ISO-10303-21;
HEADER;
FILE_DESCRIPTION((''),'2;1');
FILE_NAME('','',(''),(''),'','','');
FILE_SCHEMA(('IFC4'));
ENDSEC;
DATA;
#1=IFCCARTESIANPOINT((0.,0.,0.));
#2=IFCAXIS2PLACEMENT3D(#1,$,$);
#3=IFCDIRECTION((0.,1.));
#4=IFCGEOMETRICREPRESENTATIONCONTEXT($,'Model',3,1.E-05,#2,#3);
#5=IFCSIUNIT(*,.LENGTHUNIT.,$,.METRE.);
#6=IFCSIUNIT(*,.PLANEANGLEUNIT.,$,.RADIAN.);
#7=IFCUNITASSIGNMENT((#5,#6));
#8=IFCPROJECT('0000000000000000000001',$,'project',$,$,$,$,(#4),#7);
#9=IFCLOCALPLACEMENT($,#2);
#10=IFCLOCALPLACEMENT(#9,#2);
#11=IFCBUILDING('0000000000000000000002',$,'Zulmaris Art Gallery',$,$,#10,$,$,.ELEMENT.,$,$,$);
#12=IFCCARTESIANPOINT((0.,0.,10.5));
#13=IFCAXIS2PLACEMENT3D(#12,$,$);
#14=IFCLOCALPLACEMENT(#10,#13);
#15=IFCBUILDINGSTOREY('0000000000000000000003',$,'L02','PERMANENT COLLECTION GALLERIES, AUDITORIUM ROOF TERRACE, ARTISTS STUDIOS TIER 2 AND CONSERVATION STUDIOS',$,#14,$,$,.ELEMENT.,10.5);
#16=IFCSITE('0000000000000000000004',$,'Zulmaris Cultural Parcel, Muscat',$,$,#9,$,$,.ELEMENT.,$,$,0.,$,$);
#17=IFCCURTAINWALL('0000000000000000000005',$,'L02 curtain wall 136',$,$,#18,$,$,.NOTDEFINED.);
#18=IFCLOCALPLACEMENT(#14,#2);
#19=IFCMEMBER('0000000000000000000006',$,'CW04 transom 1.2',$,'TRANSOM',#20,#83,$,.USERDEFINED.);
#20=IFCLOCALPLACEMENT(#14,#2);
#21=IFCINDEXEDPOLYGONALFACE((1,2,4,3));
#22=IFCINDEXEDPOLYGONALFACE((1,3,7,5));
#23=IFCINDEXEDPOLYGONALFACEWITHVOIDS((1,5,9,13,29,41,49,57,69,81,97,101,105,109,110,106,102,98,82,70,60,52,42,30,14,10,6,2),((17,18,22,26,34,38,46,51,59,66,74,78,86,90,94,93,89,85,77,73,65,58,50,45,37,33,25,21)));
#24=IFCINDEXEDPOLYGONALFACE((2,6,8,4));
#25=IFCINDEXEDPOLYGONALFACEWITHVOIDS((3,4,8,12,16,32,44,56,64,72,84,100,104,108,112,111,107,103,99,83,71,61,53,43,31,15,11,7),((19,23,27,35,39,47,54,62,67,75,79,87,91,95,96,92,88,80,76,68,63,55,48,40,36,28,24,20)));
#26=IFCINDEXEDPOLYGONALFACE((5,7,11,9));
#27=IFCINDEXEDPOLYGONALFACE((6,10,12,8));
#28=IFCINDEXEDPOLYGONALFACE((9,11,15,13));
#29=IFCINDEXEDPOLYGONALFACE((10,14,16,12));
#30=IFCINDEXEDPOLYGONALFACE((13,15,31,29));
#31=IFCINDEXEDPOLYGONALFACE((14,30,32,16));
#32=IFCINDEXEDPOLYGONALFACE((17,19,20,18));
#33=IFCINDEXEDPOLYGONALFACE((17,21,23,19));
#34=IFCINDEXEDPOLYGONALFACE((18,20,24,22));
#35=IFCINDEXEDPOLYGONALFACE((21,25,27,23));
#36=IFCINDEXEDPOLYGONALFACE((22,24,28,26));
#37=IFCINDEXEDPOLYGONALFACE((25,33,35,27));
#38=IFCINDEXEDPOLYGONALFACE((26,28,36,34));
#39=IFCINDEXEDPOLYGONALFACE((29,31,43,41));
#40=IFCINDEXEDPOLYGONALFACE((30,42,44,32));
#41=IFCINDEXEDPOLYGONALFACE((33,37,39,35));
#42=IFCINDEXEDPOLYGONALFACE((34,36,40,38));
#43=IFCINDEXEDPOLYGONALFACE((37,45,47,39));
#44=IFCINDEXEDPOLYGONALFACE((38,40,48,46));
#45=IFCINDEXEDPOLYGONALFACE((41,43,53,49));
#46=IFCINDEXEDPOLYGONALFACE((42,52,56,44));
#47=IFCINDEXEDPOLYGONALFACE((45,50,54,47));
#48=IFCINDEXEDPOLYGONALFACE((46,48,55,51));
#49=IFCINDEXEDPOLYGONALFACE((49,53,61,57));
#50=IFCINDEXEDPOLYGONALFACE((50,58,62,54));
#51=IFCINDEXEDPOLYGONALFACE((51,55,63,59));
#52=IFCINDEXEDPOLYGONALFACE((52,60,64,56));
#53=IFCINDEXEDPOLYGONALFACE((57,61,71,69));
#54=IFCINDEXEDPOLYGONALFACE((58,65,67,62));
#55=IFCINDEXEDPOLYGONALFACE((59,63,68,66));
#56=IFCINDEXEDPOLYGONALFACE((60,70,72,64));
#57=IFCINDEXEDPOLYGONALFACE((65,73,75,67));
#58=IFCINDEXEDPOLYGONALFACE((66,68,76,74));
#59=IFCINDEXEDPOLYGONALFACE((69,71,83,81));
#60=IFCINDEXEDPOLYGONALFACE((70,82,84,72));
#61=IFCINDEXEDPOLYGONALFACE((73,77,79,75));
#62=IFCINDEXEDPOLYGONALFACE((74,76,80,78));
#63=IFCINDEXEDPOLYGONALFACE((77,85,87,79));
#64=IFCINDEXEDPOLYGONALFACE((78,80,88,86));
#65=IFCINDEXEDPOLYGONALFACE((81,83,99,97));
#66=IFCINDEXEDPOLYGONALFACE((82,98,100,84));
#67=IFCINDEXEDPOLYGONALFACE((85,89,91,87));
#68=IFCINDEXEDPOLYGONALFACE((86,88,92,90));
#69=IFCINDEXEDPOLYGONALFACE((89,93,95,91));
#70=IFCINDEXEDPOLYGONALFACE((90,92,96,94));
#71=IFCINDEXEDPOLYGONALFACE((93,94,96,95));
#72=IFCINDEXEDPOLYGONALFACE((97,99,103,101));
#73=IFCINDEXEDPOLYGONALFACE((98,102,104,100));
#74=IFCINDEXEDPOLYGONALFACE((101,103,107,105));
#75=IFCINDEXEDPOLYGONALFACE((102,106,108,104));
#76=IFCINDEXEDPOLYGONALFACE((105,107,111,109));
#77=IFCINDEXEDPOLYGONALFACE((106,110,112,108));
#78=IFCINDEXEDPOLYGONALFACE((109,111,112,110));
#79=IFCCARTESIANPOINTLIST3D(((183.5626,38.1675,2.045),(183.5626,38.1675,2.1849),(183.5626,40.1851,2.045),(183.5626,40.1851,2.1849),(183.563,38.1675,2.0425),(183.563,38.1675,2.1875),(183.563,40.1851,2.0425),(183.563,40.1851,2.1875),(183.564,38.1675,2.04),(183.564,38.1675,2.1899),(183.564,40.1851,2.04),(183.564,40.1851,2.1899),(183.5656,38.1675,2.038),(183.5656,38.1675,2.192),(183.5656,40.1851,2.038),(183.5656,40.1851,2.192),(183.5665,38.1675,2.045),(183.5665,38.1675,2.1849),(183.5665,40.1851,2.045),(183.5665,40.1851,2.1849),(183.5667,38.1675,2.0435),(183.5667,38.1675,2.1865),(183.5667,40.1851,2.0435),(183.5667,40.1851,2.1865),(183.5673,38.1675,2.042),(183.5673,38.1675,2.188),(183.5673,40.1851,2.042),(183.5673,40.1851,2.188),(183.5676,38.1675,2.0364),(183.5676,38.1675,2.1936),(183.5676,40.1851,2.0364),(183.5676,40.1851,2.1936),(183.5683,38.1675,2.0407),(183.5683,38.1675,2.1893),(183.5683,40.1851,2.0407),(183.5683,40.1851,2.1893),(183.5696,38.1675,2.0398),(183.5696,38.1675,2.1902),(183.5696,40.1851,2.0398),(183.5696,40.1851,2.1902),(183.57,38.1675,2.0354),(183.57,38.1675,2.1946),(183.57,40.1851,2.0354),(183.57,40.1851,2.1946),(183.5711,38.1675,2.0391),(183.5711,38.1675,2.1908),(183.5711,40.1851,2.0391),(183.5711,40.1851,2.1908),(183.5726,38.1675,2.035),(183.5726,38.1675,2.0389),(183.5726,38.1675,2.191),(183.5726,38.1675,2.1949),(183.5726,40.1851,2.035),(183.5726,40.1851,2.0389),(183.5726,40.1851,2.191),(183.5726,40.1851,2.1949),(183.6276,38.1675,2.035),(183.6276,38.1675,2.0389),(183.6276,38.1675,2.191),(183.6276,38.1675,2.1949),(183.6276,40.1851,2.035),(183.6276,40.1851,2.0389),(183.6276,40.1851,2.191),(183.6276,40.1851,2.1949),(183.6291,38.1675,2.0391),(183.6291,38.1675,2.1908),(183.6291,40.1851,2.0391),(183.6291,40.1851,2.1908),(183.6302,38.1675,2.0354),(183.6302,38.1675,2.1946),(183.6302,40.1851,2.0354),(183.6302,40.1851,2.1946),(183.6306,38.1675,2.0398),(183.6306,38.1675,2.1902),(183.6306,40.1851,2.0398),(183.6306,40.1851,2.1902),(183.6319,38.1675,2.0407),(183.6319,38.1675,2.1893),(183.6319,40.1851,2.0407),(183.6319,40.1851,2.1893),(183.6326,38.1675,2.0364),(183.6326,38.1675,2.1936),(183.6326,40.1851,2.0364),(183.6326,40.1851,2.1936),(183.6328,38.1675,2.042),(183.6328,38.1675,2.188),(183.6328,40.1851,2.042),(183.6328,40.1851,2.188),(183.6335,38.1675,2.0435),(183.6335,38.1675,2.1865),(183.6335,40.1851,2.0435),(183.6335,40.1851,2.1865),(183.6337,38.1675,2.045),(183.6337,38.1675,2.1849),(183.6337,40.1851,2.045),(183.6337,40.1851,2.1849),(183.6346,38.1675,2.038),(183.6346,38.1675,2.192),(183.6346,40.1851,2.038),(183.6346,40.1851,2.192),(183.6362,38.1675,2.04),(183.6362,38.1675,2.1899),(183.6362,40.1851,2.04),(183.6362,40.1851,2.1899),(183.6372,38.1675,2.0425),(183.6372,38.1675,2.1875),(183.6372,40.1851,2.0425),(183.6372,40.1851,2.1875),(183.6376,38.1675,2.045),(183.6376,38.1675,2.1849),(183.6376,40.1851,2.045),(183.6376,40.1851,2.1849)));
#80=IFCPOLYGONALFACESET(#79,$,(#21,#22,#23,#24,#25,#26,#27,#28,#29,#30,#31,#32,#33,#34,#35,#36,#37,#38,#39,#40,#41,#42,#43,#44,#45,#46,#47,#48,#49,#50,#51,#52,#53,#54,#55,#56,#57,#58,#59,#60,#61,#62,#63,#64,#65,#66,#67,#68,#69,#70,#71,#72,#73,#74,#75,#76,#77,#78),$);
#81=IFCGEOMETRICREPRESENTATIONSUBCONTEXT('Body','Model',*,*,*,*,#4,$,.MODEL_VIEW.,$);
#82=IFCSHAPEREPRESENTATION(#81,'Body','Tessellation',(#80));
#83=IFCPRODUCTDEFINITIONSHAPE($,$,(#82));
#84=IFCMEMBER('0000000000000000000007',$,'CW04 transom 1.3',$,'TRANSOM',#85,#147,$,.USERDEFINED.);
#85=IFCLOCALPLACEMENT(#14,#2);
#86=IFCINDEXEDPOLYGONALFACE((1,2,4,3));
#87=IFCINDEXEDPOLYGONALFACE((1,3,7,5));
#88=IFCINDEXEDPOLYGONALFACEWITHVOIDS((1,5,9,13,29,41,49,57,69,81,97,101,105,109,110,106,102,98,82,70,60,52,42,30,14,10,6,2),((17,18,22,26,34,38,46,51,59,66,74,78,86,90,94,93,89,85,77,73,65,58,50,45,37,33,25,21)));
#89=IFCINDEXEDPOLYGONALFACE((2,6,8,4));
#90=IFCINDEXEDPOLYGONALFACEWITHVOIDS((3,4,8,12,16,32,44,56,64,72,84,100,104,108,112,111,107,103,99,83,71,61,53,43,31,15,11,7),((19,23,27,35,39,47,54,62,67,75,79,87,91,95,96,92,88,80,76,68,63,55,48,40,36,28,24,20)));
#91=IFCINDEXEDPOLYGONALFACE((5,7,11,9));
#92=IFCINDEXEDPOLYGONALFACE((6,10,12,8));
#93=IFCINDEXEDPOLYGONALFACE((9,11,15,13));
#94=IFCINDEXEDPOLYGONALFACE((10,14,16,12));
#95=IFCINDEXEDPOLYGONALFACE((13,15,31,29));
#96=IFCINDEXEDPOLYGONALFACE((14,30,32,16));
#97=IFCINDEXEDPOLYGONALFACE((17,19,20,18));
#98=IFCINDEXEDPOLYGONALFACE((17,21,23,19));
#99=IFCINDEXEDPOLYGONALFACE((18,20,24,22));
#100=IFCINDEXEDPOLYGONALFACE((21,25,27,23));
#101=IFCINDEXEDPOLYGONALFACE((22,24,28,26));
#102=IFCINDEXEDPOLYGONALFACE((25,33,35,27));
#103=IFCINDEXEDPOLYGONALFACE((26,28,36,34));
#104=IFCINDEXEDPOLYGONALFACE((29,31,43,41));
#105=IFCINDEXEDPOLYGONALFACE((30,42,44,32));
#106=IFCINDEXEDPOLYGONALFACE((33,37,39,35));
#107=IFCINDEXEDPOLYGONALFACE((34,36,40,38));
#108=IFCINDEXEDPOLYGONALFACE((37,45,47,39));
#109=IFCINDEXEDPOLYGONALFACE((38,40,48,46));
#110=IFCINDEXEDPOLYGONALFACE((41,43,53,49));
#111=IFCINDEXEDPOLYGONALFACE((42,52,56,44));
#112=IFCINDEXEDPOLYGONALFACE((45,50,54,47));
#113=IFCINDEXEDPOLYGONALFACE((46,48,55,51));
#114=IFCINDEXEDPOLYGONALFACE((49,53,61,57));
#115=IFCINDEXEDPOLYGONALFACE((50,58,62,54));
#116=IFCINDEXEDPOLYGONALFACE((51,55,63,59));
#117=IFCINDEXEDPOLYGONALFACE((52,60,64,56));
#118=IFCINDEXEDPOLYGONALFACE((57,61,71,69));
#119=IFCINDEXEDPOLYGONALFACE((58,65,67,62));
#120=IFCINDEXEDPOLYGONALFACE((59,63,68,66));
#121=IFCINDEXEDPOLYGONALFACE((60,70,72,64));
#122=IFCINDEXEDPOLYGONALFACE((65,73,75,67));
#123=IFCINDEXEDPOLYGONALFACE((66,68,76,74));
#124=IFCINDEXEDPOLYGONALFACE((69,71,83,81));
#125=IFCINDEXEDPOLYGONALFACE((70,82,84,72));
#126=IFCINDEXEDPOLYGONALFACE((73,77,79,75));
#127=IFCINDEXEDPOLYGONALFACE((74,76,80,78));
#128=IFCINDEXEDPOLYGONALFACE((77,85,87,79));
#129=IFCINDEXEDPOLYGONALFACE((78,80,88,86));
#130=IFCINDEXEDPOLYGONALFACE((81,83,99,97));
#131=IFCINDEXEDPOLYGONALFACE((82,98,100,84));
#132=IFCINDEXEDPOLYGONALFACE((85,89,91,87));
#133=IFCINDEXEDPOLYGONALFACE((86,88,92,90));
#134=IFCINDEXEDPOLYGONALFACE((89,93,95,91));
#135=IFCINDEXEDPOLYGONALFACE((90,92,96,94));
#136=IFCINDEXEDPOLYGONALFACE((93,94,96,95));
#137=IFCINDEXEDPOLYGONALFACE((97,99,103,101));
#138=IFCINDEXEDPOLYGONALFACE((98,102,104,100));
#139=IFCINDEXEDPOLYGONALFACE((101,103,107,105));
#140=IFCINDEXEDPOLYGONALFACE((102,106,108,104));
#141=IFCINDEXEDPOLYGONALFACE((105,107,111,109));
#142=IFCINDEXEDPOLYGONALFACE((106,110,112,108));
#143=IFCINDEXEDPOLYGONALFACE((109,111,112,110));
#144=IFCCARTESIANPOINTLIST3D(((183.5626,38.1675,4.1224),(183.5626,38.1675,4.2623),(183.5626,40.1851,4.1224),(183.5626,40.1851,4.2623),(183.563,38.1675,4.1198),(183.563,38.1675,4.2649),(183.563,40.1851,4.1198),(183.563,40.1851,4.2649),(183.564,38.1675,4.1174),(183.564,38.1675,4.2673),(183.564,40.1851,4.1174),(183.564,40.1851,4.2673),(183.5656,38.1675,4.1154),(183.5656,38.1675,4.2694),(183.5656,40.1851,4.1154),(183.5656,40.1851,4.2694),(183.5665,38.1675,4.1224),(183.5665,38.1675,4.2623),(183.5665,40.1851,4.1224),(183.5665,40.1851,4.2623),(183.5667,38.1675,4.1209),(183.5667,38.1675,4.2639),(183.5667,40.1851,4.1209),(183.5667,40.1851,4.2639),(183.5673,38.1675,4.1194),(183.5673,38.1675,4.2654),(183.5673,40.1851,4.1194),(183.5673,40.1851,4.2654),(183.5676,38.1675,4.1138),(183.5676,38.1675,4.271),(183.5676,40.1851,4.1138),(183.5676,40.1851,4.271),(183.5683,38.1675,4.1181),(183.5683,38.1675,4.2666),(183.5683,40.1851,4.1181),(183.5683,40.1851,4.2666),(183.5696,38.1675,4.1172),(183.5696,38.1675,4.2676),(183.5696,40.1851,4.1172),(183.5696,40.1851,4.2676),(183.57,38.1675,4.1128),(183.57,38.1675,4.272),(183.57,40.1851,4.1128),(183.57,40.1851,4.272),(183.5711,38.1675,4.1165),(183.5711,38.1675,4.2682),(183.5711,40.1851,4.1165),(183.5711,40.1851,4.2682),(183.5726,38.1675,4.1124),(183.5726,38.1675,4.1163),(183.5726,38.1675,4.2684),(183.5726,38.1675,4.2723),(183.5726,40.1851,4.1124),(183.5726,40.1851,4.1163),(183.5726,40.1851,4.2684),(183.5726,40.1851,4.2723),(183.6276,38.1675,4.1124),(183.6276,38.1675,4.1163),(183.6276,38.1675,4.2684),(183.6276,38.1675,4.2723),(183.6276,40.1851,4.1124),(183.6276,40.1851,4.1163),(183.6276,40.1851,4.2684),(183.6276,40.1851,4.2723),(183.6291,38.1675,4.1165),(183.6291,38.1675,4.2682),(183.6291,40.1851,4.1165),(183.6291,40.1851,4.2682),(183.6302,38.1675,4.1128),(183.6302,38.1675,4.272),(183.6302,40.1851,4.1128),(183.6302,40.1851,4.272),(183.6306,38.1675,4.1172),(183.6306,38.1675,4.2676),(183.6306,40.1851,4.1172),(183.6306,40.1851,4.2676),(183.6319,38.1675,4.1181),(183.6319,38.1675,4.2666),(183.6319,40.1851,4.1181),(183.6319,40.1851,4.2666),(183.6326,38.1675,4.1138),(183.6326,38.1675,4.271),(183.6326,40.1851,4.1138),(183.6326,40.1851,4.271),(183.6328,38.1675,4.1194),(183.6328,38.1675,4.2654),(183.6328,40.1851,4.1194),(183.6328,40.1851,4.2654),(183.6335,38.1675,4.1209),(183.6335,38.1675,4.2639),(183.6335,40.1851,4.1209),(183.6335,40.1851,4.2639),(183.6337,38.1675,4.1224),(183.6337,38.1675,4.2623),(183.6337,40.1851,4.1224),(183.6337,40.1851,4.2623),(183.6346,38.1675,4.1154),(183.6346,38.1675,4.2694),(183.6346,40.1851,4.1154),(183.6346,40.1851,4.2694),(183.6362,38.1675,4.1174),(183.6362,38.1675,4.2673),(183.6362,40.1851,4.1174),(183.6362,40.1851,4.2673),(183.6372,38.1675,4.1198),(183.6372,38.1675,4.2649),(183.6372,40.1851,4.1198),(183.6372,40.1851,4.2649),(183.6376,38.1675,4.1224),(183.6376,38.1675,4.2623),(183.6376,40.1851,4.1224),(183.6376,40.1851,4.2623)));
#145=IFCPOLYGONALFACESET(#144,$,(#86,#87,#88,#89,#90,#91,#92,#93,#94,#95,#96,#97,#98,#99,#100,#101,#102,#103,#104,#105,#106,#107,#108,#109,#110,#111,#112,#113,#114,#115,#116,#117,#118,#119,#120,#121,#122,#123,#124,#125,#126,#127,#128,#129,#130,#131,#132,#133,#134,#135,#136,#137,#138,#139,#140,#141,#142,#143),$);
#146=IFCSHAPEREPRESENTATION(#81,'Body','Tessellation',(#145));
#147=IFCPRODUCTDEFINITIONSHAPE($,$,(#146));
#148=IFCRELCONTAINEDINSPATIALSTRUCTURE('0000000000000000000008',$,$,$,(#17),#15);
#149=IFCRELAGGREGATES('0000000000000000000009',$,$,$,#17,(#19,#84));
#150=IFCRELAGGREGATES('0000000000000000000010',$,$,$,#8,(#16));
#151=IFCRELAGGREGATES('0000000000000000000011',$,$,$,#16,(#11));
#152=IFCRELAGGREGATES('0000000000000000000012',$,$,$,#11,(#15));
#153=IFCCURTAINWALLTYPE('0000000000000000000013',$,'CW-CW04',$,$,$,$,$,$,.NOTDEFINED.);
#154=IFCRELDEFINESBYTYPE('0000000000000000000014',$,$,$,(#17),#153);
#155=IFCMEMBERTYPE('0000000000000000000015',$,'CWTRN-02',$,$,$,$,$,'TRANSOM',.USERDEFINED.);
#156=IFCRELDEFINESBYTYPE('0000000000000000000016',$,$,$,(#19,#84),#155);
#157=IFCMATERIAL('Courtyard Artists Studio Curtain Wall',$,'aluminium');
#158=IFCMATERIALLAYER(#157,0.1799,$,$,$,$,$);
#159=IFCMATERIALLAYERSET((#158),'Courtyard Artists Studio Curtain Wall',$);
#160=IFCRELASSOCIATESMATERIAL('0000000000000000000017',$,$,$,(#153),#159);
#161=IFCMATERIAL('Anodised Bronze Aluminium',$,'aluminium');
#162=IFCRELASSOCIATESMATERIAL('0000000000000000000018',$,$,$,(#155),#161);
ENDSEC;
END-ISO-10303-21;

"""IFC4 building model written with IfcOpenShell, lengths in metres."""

from ifc_helpers import new_model, si_unit, direction, frame, origin, origin_2d, place, context, subcontext, project, spatial, hollow_rectangle, extrude, material, layer, layer_set, material_profile, profile_set, type_object, element, aggregate, save


model = new_model("IFC4")

# Units and contexts
model_context = context("Model", 3, precision=1e-05, world=origin(), true_north=direction((0.0, 1.0)))
body_context = subcontext(model_context, "Body", "Model", "MODEL_VIEW")
ifc_project = project(units=[si_unit("LENGTHUNIT", "METRE"), si_unit("PLANEANGLEUNIT", "RADIAN")], contexts=[model_context])

# Site, building, storey
site_placement = place(None, origin())
site = spatial("IfcSite", under=ifc_project, at=site_placement, Name="Zulmaris Cultural Parcel, Muscat", CompositionType="ELEMENT", RefElevation=0.0)
building_placement = place(site_placement, origin())
building = spatial("IfcBuilding", under=site, at=building_placement, Name="Zulmaris Art Gallery", CompositionType="ELEMENT")
storey_placement = place(building_placement, frame((0.0, 0.0, 10.5)))
storey = spatial("IfcBuildingStorey", under=building, at=storey_placement, Name="L02", Description="PERMANENT COLLECTION GALLERIES, AUDITORIUM ROOF TERRACE, ARTISTS STUDIOS TIER 2 AND CONSERVATION STUDIOS", CompositionType="ELEMENT", Elevation=10.5)

# Curtain wall
ifc_material_1 = material(Name="Courtyard Artists Studio Curtain Wall", Category="aluminium")
ifc_layer_1 = layer(ifc_material_1, 0.1799)
ifc_layer_set_1 = layer_set([ifc_layer_1], Name="Courtyard Artists Studio Curtain Wall")
curtain_wall_type = type_object("IfcCurtainWallType", Name="CW-CW04", PredefinedType="NOTDEFINED", material=ifc_layer_set_1)
curtain_wall_1_placement = place(storey_placement, origin())
curtain_wall_1 = element("IfcCurtainWall", 1, at=curtain_wall_1_placement, inside=storey, type_object=curtain_wall_type, Name="L02 curtain wall 136", PredefinedType="NOTDEFINED")
ifc_material_2 = material(Name="Anodised Bronze Aluminium", Category="aluminium")

# Members
ifc_material_profile_1 = material_profile(ifc_material_2, hollow_rectangle(XDim=0.075, YDim=0.1599, WallThickness=0.0039, InnerFilletRadius=0.0061, OuterFilletRadius=0.01, at=origin_2d()), Name="ALU 75x160x4")
ifc_profile_set_1 = profile_set([ifc_material_profile_1], Name="Anodised Bronze Aluminium")
member_type_1 = type_object("IfcMemberType", Name="CWTRN-02", ElementType="TRANSOM", PredefinedType="USERDEFINED", material=ifc_profile_set_1)
member_1_placement = place(storey_placement, frame((183.6001, 40.1851, 2.115), z_axis=(0.0, -1.0, 0.0), x_axis=(1.0, 0.0, 0.0)))
member_1 = element("IfcMember", 2, at=member_1_placement, type_object=member_type_1, Name="CW04 transom 1.2", ObjectType="TRANSOM", PredefinedType="USERDEFINED", context=body_context, shape_type="SweptSolid", body=[
    extrude(hollow_rectangle(XDim=0.075, YDim=0.1599, WallThickness=0.0039, InnerFilletRadius=0.0061, OuterFilletRadius=0.01, at=origin_2d()), origin(), (0.0, 0.0, 1.0), 2.0176),
])
member_2_placement = place(storey_placement, frame((183.6001, 40.1851, 4.1924), z_axis=(0.0, -1.0, 0.0), x_axis=(1.0, 0.0, 0.0)))
member_2 = element("IfcMember", 3, at=member_2_placement, type_object=member_type_1, Name="CW04 transom 1.3", ObjectType="TRANSOM", PredefinedType="USERDEFINED", context=body_context, shape_type="SweptSolid", body=[
    extrude(hollow_rectangle(XDim=0.075, YDim=0.1599, WallThickness=0.0039, InnerFilletRadius=0.0061, OuterFilletRadius=0.01, at=origin_2d()), origin(), (0.0, 0.0, 1.0), 2.0176),
])

aggregate(curtain_wall_1, [member_1, member_2])

save(model, "model.ifc")
